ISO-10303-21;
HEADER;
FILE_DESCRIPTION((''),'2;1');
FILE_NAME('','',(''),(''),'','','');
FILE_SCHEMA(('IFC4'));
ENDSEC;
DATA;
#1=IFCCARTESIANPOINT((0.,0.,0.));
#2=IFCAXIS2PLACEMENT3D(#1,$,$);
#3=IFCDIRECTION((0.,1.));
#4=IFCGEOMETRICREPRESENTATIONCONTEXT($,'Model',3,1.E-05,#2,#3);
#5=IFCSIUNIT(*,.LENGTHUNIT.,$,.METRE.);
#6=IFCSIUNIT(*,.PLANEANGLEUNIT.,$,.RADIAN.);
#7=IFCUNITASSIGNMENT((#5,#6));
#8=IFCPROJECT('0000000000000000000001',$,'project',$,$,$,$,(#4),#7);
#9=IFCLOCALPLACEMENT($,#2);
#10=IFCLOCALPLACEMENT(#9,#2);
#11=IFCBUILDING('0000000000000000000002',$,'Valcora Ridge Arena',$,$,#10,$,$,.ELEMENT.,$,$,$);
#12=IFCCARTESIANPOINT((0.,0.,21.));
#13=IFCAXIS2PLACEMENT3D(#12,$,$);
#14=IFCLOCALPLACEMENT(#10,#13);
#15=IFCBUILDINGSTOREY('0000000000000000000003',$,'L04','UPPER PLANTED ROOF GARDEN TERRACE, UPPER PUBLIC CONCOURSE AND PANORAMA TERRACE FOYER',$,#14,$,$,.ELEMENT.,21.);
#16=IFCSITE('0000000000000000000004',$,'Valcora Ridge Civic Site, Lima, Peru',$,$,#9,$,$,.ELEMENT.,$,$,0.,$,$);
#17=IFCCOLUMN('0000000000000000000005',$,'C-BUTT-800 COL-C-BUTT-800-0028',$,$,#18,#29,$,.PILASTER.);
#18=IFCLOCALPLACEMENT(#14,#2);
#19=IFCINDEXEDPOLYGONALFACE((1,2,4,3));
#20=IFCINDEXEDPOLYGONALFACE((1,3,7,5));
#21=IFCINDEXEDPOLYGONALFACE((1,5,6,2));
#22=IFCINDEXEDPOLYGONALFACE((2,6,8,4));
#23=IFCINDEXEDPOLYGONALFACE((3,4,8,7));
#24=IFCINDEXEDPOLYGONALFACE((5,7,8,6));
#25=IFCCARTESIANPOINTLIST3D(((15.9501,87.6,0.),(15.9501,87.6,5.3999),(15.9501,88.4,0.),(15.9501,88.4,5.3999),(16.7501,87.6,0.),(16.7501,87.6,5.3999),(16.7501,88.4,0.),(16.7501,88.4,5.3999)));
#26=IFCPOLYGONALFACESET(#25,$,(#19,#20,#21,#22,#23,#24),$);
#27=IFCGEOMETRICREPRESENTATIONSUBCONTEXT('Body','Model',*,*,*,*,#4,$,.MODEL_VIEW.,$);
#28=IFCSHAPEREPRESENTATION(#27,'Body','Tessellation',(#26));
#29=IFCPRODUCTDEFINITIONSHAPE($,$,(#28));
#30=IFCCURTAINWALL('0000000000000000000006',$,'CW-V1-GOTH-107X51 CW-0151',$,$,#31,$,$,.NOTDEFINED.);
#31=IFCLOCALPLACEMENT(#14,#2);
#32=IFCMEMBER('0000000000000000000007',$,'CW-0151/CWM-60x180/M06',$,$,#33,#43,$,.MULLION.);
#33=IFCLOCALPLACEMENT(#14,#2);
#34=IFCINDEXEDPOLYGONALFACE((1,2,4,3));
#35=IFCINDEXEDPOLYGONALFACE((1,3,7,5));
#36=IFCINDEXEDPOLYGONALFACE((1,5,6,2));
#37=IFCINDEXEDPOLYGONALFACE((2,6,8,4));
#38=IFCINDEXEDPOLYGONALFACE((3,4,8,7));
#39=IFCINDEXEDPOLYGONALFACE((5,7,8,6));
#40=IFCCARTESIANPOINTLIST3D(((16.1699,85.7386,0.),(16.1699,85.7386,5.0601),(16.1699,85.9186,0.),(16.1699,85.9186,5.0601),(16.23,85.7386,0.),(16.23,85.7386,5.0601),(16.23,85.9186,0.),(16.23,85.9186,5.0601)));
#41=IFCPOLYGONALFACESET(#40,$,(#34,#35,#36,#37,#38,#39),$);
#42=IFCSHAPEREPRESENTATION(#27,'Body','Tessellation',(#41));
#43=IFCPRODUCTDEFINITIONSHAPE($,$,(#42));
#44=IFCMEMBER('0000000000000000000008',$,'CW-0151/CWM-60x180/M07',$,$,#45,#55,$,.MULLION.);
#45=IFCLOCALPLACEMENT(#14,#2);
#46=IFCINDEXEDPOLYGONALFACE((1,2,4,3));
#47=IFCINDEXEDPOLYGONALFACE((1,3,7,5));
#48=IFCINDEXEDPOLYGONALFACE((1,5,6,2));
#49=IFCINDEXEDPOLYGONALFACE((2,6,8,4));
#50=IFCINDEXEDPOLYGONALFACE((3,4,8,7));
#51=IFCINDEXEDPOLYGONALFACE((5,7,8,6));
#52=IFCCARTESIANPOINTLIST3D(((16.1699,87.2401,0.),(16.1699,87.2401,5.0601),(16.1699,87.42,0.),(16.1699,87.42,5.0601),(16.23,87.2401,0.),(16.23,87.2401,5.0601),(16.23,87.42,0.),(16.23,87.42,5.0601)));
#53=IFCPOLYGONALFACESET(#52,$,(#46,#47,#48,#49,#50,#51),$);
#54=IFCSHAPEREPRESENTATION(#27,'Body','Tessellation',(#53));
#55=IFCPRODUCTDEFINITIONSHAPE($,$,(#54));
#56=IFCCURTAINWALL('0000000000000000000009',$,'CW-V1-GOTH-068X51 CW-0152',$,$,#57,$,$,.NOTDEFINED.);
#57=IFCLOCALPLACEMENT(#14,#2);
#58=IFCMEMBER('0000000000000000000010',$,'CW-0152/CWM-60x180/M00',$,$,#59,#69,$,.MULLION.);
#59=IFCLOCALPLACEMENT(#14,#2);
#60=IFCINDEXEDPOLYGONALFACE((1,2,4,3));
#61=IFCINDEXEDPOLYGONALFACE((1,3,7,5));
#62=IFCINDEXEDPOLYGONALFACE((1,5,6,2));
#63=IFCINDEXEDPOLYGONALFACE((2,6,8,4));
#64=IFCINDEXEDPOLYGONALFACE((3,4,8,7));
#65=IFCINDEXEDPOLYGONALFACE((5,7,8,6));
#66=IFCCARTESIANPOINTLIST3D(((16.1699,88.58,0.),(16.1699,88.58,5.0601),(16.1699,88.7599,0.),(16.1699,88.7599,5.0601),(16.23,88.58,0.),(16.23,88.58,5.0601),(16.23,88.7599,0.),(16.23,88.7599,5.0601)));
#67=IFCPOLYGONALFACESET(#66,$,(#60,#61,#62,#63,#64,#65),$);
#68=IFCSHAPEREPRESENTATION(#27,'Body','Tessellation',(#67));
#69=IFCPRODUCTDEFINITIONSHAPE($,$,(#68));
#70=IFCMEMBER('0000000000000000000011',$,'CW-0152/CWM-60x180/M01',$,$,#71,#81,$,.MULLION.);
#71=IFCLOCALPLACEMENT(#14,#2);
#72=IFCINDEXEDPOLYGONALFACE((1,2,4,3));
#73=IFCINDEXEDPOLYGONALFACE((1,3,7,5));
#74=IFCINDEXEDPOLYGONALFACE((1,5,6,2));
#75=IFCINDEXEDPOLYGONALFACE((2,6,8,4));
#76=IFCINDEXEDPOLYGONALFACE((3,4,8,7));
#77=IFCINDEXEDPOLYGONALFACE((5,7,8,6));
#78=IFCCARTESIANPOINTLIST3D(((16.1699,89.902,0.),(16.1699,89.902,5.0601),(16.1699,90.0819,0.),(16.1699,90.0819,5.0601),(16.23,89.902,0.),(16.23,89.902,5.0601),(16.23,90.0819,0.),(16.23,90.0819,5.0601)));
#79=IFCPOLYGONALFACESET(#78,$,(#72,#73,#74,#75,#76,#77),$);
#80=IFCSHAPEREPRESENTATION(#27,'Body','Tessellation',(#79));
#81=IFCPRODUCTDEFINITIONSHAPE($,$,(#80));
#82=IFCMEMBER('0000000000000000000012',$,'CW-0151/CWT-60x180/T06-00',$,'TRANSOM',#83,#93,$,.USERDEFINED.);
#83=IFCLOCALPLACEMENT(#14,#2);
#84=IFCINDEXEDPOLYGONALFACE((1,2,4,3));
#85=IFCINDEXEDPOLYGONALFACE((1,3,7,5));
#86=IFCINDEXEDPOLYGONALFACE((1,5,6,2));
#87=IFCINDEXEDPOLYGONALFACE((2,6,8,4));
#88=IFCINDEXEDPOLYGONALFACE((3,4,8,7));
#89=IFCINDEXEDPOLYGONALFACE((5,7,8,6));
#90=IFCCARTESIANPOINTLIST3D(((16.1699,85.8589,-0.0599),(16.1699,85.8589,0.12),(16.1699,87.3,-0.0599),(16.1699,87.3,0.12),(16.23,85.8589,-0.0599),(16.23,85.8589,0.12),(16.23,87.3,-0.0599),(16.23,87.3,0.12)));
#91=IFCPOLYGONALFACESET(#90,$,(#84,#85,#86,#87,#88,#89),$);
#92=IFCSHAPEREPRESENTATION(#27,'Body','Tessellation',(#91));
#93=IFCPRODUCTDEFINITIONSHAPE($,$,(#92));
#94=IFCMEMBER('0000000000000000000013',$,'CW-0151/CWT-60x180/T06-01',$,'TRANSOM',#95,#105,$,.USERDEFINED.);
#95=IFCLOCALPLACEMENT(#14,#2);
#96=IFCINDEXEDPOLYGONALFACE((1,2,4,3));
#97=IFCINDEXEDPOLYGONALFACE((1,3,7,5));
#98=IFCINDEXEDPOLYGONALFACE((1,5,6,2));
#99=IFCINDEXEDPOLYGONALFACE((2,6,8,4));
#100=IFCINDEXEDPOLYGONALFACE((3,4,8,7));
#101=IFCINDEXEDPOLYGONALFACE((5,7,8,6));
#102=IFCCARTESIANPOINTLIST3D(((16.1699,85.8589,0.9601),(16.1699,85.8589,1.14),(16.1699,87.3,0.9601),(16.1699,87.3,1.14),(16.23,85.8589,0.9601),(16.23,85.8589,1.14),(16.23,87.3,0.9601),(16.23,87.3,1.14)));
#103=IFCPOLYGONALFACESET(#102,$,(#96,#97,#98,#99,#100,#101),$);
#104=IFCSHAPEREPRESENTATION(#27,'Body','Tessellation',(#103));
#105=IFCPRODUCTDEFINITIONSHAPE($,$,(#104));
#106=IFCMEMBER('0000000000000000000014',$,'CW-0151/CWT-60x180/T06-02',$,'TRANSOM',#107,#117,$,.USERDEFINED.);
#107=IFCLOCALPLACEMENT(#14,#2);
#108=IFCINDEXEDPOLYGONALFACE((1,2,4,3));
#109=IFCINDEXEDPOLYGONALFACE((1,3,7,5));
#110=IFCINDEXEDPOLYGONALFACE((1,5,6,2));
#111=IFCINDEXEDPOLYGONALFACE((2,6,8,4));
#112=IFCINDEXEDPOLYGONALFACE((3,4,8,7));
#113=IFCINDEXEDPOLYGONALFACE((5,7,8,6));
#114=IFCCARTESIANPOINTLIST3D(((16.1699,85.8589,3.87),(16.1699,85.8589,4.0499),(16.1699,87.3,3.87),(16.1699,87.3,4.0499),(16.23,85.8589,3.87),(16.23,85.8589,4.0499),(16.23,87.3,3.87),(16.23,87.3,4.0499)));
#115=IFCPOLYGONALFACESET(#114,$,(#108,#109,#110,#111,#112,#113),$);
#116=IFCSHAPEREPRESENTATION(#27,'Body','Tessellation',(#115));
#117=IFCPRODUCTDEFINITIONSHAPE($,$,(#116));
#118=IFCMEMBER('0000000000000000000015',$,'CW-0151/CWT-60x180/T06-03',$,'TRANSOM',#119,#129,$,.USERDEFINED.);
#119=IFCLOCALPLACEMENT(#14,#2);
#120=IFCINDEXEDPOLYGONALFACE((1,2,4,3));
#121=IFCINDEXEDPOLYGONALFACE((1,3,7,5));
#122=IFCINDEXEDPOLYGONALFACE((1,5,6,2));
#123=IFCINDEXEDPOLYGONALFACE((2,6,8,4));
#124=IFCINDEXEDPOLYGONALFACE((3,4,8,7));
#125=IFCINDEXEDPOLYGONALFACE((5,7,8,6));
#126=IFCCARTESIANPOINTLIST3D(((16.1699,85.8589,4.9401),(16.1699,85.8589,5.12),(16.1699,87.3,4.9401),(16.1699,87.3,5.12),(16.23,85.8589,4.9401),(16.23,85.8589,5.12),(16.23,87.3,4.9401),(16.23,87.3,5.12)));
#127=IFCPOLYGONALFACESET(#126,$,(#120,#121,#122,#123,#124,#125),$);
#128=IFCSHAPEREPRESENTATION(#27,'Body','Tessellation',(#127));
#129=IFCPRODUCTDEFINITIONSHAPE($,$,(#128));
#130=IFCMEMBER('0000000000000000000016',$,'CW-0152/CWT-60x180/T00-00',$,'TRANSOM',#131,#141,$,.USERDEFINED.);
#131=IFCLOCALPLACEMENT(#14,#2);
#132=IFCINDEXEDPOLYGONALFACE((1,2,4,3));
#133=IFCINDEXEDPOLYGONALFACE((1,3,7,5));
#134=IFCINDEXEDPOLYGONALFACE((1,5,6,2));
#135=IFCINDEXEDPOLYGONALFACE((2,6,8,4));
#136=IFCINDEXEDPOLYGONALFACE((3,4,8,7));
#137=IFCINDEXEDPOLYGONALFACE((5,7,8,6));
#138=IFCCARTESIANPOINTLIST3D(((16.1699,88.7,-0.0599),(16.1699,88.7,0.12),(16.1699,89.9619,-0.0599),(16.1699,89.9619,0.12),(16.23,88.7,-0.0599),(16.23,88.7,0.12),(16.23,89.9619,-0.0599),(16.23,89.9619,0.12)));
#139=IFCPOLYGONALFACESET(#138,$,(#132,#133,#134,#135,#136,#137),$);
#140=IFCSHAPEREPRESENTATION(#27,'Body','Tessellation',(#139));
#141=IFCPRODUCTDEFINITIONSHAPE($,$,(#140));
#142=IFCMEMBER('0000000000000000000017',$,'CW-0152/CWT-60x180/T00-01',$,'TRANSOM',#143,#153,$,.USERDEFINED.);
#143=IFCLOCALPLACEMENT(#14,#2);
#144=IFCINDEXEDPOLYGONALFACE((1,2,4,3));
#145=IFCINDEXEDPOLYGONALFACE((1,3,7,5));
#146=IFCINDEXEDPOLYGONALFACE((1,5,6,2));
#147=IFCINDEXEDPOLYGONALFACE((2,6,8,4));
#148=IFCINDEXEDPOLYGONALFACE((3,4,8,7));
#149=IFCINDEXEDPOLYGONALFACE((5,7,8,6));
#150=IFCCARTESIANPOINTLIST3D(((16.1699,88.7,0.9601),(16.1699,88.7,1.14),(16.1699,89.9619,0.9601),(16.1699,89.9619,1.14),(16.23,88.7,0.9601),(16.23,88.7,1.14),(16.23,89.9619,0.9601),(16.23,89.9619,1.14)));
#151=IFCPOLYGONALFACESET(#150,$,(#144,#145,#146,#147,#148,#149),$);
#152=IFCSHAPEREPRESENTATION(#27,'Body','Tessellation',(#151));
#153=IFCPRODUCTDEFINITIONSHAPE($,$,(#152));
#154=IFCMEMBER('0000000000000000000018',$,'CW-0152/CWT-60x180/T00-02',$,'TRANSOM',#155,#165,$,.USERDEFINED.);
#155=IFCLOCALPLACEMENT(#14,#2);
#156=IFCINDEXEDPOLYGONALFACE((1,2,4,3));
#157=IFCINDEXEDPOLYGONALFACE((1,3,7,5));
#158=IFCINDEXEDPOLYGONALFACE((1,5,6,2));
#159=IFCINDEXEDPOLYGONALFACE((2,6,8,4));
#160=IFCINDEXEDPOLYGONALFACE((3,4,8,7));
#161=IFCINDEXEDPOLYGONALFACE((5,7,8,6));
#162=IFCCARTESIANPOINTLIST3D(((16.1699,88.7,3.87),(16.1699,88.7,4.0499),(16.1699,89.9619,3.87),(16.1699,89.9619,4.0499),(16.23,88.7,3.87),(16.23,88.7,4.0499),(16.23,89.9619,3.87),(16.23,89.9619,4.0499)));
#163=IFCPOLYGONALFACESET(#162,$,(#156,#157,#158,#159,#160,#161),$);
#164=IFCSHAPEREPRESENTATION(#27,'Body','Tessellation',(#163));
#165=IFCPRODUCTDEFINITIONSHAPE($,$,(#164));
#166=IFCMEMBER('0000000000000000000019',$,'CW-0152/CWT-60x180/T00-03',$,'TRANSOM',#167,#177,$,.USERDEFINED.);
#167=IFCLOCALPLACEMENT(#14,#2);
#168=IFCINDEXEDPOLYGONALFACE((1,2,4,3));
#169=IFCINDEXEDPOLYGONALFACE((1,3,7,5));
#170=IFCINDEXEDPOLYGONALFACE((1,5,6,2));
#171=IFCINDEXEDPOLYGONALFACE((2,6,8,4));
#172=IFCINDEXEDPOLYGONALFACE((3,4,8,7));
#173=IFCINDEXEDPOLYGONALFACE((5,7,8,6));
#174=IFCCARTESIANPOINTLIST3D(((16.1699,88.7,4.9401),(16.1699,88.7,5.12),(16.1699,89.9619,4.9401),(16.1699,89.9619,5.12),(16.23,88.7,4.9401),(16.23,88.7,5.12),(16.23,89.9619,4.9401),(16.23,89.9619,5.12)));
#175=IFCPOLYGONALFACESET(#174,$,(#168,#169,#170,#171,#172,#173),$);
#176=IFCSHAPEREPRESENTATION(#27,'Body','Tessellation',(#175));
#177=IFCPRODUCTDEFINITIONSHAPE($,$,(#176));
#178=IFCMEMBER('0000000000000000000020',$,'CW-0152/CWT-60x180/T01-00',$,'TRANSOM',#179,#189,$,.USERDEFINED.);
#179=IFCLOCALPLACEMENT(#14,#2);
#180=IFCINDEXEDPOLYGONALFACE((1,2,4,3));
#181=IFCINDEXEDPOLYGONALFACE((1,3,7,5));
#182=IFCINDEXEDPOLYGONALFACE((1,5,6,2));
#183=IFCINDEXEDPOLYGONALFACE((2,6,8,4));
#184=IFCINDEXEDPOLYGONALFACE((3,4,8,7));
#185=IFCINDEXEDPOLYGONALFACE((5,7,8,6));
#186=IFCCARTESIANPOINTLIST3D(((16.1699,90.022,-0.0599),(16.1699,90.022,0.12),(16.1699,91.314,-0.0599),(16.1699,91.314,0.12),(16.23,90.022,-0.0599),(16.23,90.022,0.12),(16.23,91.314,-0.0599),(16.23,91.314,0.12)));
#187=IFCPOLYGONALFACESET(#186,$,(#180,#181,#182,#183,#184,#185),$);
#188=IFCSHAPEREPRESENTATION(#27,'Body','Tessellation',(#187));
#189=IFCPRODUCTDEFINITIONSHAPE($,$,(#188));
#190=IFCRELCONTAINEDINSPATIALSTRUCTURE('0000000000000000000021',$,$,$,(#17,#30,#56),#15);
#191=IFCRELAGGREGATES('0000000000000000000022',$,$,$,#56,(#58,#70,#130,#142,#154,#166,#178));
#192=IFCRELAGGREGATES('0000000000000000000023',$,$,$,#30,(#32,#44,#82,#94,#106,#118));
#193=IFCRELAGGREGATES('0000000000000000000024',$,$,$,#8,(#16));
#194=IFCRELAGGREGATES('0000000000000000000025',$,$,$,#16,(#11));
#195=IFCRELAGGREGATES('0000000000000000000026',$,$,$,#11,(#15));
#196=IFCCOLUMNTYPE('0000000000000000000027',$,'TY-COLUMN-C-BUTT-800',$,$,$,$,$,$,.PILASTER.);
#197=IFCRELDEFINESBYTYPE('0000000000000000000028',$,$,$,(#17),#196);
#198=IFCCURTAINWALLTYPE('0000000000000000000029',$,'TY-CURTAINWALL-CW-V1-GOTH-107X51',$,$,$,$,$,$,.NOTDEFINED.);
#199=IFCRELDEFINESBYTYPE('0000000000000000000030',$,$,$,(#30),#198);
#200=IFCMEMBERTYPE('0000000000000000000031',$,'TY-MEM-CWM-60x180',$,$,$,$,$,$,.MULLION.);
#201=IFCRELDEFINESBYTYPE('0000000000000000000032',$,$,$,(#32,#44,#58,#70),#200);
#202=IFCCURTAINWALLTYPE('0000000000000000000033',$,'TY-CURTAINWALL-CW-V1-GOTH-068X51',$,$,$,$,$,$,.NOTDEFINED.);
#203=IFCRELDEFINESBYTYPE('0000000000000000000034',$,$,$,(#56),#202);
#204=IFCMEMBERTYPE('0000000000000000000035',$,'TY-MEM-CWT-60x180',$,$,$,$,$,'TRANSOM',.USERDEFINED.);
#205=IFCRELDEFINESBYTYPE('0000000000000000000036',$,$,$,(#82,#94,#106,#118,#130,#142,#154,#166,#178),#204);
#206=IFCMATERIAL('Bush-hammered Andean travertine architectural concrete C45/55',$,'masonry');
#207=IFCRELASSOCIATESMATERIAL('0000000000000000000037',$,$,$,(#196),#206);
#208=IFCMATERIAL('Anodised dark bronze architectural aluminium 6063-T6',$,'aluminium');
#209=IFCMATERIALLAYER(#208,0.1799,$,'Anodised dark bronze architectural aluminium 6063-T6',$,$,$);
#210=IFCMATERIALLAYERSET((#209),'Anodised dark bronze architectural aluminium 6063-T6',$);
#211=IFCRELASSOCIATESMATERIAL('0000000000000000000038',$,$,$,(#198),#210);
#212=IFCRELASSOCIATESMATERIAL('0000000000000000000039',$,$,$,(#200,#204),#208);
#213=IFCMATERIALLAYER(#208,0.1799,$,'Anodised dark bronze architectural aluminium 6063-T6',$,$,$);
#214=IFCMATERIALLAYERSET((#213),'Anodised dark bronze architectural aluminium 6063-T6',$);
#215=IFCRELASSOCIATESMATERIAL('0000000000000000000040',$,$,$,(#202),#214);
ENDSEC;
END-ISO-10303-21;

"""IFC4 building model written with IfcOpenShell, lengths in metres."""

from ifc_helpers import new_model, si_unit, direction, frame, origin, origin_2d, place, context, subcontext, project, spatial, rectangle, extrude, material, layer, layer_set, material_profile, profile_set, type_object, element, aggregate, save


model = new_model("IFC4")

# Units and contexts
model_context = context("Model", 3, precision=1e-05, world=origin(), true_north=direction((0.0, 1.0)))
body_context = subcontext(model_context, "Body", "Model", "MODEL_VIEW")
ifc_project = project(units=[si_unit("LENGTHUNIT", "METRE"), si_unit("PLANEANGLEUNIT", "RADIAN")], contexts=[model_context])

# Site, building, storey
site_placement = place(None, origin())
site = spatial("IfcSite", under=ifc_project, at=site_placement, Name="Valcora Ridge Civic Site, Lima, Peru", CompositionType="ELEMENT", RefElevation=0.0)
building_placement = place(site_placement, origin())
building = spatial("IfcBuilding", under=site, at=building_placement, Name="Valcora Ridge Arena", CompositionType="ELEMENT")
storey_placement = place(building_placement, frame((0.0, 0.0, 21.0)))
storey = spatial("IfcBuildingStorey", under=building, at=storey_placement, Name="L04", Description="UPPER PLANTED ROOF GARDEN TERRACE, UPPER PUBLIC CONCOURSE AND PANORAMA TERRACE FOYER", CompositionType="ELEMENT", Elevation=21.0)

# Column
ifc_material_1 = material(Name="Bush-hammered Andean travertine architectural concrete C45/55", Category="masonry")
ifc_material_profile_1 = material_profile(ifc_material_1, rectangle(XDim=0.8, YDim=0.8, at=origin_2d()), Name="RC 800x800")
ifc_profile_set_1 = profile_set([ifc_material_profile_1], Name="Bush-hammered Andean travertine architectural concrete C45/55")
column_type = type_object("IfcColumnType", Name="TY-COLUMN-C-BUTT-800", PredefinedType="PILASTER", material=ifc_profile_set_1)
column_placement = place(storey_placement, frame((16.3501, 88.0, 0.0), z_axis=(0.0, 0.0, 1.0), x_axis=(1.0, 0.0, 0.0)))
element("IfcColumn", 1, at=column_placement, inside=storey, type_object=column_type, Name="C-BUTT-800 COL-C-BUTT-800-0028", PredefinedType="PILASTER", context=body_context, shape_type="SweptSolid", body=[
    extrude(rectangle(XDim=0.8, YDim=0.8, at=origin_2d()), origin(), (0.0, 0.0, 1.0), 5.3999),
])

# Curtain walls, members
ifc_material_2 = material(Name="Anodised dark bronze architectural aluminium 6063-T6", Category="aluminium")
ifc_layer_1 = layer(ifc_material_2, 0.1799, Name="Anodised dark bronze architectural aluminium 6063-T6")
ifc_layer_set_1 = layer_set([ifc_layer_1], Name="Anodised dark bronze architectural aluminium 6063-T6")
curtain_wall_type_1 = type_object("IfcCurtainWallType", Name="TY-CURTAINWALL-CW-V1-GOTH-107X51", PredefinedType="NOTDEFINED", material=ifc_layer_set_1)
curtain_wall_1_placement = place(storey_placement, origin())
curtain_wall_1 = element("IfcCurtainWall", 2, at=curtain_wall_1_placement, inside=storey, type_object=curtain_wall_type_1, Name="CW-V1-GOTH-107X51 CW-0151", PredefinedType="NOTDEFINED")
ifc_material_profile_2 = material_profile(ifc_material_2, rectangle(XDim=0.0601, YDim=0.1799, at=origin_2d()), Name="ALU MULLION 60x180")
ifc_profile_set_2 = profile_set([ifc_material_profile_2], Name="Anodised dark bronze architectural aluminium 6063-T6")
member_type_1 = type_object("IfcMemberType", Name="TY-MEM-CWM-60x180", PredefinedType="MULLION", material=ifc_profile_set_2)
member_1_placement = place(storey_placement, frame((16.2, 85.8286, 0.0), z_axis=(0.0, 0.0, 1.0), x_axis=(-1.0, 0.0, 0.0)))
member_1 = element("IfcMember", 3, at=member_1_placement, type_object=member_type_1, Name="CW-0151/CWM-60x180/M06", PredefinedType="MULLION", context=body_context, shape_type="SweptSolid", body=[
    extrude(rectangle(XDim=0.0601, YDim=0.1799, at=origin_2d()), origin(), (0.0, 0.0, 1.0), 5.0601),
])
member_2_placement = place(storey_placement, frame((16.2, 87.3301, 0.0), z_axis=(0.0, 0.0, 1.0), x_axis=(-1.0, 0.0, 0.0)))
member_2 = element("IfcMember", 4, at=member_2_placement, type_object=member_type_1, Name="CW-0151/CWM-60x180/M07", PredefinedType="MULLION", context=body_context, shape_type="SweptSolid", body=[
    extrude(rectangle(XDim=0.0601, YDim=0.1799, at=origin_2d()), origin(), (0.0, 0.0, 1.0), 5.0601),
])
ifc_layer_2 = layer(ifc_material_2, 0.1799, Name="Anodised dark bronze architectural aluminium 6063-T6")
ifc_layer_set_2 = layer_set([ifc_layer_2], Name="Anodised dark bronze architectural aluminium 6063-T6")
curtain_wall_type_2 = type_object("IfcCurtainWallType", Name="TY-CURTAINWALL-CW-V1-GOTH-068X51", PredefinedType="NOTDEFINED", material=ifc_layer_set_2)
curtain_wall_2_placement = place(storey_placement, origin())
curtain_wall_2 = element("IfcCurtainWall", 5, at=curtain_wall_2_placement, inside=storey, type_object=curtain_wall_type_2, Name="CW-V1-GOTH-068X51 CW-0152", PredefinedType="NOTDEFINED")
member_3_placement = place(storey_placement, frame((16.2, 88.6699, 0.0), z_axis=(0.0, 0.0, 1.0), x_axis=(-1.0, 0.0, 0.0)))
member_3 = element("IfcMember", 6, at=member_3_placement, type_object=member_type_1, Name="CW-0152/CWM-60x180/M00", PredefinedType="MULLION", context=body_context, shape_type="SweptSolid", body=[
    extrude(rectangle(XDim=0.0601, YDim=0.1799, at=origin_2d()), origin(), (0.0, 0.0, 1.0), 5.0601),
])
member_4_placement = place(storey_placement, frame((16.2, 89.9919, 0.0), z_axis=(0.0, 0.0, 1.0), x_axis=(-1.0, 0.0, 0.0)))
member_4 = element("IfcMember", 7, at=member_4_placement, type_object=member_type_1, Name="CW-0152/CWM-60x180/M01", PredefinedType="MULLION", context=body_context, shape_type="SweptSolid", body=[
    extrude(rectangle(XDim=0.0601, YDim=0.1799, at=origin_2d()), origin(), (0.0, 0.0, 1.0), 5.0601),
])

# Members
ifc_material_profile_3 = material_profile(ifc_material_2, rectangle(XDim=0.0601, YDim=0.1799, at=origin_2d()), Name="ALU TRANSOM 60x180")
ifc_profile_set_3 = profile_set([ifc_material_profile_3], Name="Anodised dark bronze architectural aluminium 6063-T6")
member_type_2 = type_object("IfcMemberType", Name="TY-MEM-CWT-60x180", ElementType="TRANSOM", PredefinedType="USERDEFINED", material=ifc_profile_set_3)
member_5_placement = place(storey_placement, frame((16.2, 85.8589, 0.03), z_axis=(0.0, 1.0, 0.0), x_axis=(-1.0, 0.0, 0.0)))
member_5 = element("IfcMember", 8, at=member_5_placement, type_object=member_type_2, Name="CW-0151/CWT-60x180/T06-00", ObjectType="TRANSOM", PredefinedType="USERDEFINED", context=body_context, shape_type="SweptSolid", body=[
    extrude(rectangle(XDim=0.0601, YDim=0.1799, at=origin_2d()), origin(), (0.0, 0.0, 1.0), 1.4412),
])
member_6_placement = place(storey_placement, frame((16.2, 85.8589, 1.05), z_axis=(0.0, 1.0, 0.0), x_axis=(-1.0, 0.0, 0.0)))
member_6 = element("IfcMember", 9, at=member_6_placement, type_object=member_type_2, Name="CW-0151/CWT-60x180/T06-01", ObjectType="TRANSOM", PredefinedType="USERDEFINED", context=body_context, shape_type="SweptSolid", body=[
    extrude(rectangle(XDim=0.0601, YDim=0.1799, at=origin_2d()), origin(), (0.0, 0.0, 1.0), 1.4412),
])
member_7_placement = place(storey_placement, frame((16.2, 85.8589, 3.96), z_axis=(0.0, 1.0, 0.0), x_axis=(-1.0, 0.0, 0.0)))
member_7 = element("IfcMember", 10, at=member_7_placement, type_object=member_type_2, Name="CW-0151/CWT-60x180/T06-02", ObjectType="TRANSOM", PredefinedType="USERDEFINED", context=body_context, shape_type="SweptSolid", body=[
    extrude(rectangle(XDim=0.0601, YDim=0.1799, at=origin_2d()), origin(), (0.0, 0.0, 1.0), 1.4412),
])
member_8_placement = place(storey_placement, frame((16.2, 85.8589, 5.03), z_axis=(0.0, 1.0, 0.0), x_axis=(-1.0, 0.0, 0.0)))
member_8 = element("IfcMember", 11, at=member_8_placement, type_object=member_type_2, Name="CW-0151/CWT-60x180/T06-03", ObjectType="TRANSOM", PredefinedType="USERDEFINED", context=body_context, shape_type="SweptSolid", body=[
    extrude(rectangle(XDim=0.0601, YDim=0.1799, at=origin_2d()), origin(), (0.0, 0.0, 1.0), 1.4412),
])
member_9_placement = place(storey_placement, frame((16.2, 88.7, 0.03), z_axis=(0.0, 1.0, 0.0), x_axis=(-1.0, 0.0, 0.0)))
member_9 = element("IfcMember", 12, at=member_9_placement, type_object=member_type_2, Name="CW-0152/CWT-60x180/T00-00", ObjectType="TRANSOM", PredefinedType="USERDEFINED", context=body_context, shape_type="SweptSolid", body=[
    extrude(rectangle(XDim=0.0601, YDim=0.1799, at=origin_2d()), origin(), (0.0, 0.0, 1.0), 1.262),
])
member_10_placement = place(storey_placement, frame((16.2, 88.7, 1.05), z_axis=(0.0, 1.0, 0.0), x_axis=(-1.0, 0.0, 0.0)))
member_10 = element("IfcMember", 13, at=member_10_placement, type_object=member_type_2, Name="CW-0152/CWT-60x180/T00-01", ObjectType="TRANSOM", PredefinedType="USERDEFINED", context=body_context, shape_type="SweptSolid", body=[
    extrude(rectangle(XDim=0.0601, YDim=0.1799, at=origin_2d()), origin(), (0.0, 0.0, 1.0), 1.262),
])
member_11_placement = place(storey_placement, frame((16.2, 88.7, 3.96), z_axis=(0.0, 1.0, 0.0), x_axis=(-1.0, 0.0, 0.0)))
member_11 = element("IfcMember", 14, at=member_11_placement, type_object=member_type_2, Name="CW-0152/CWT-60x180/T00-02", ObjectType="TRANSOM", PredefinedType="USERDEFINED", context=body_context, shape_type="SweptSolid", body=[
    extrude(rectangle(XDim=0.0601, YDim=0.1799, at=origin_2d()), origin(), (0.0, 0.0, 1.0), 1.262),
])
member_12_placement = place(storey_placement, frame((16.2, 88.7, 5.03), z_axis=(0.0, 1.0, 0.0), x_axis=(-1.0, 0.0, 0.0)))
member_12 = element("IfcMember", 15, at=member_12_placement, type_object=member_type_2, Name="CW-0152/CWT-60x180/T00-03", ObjectType="TRANSOM", PredefinedType="USERDEFINED", context=body_context, shape_type="SweptSolid", body=[
    extrude(rectangle(XDim=0.0601, YDim=0.1799, at=origin_2d()), origin(), (0.0, 0.0, 1.0), 1.262),
])
member_13_placement = place(storey_placement, frame((16.2, 90.022, 0.03), z_axis=(0.0, 1.0, 0.0), x_axis=(-1.0, 0.0, 0.0)))
member_13 = element("IfcMember", 16, at=member_13_placement, type_object=member_type_2, Name="CW-0152/CWT-60x180/T01-00", ObjectType="TRANSOM", PredefinedType="USERDEFINED", context=body_context, shape_type="SweptSolid", body=[
    extrude(rectangle(XDim=0.0601, YDim=0.1799, at=origin_2d()), origin(), (0.0, 0.0, 1.0), 1.292),
])

aggregate(curtain_wall_2, [member_3, member_4, member_9, member_10, member_11, member_12, member_13])
aggregate(curtain_wall_1, [member_1, member_2, member_5, member_6, member_7, member_8])

save(model, "model.ifc")
